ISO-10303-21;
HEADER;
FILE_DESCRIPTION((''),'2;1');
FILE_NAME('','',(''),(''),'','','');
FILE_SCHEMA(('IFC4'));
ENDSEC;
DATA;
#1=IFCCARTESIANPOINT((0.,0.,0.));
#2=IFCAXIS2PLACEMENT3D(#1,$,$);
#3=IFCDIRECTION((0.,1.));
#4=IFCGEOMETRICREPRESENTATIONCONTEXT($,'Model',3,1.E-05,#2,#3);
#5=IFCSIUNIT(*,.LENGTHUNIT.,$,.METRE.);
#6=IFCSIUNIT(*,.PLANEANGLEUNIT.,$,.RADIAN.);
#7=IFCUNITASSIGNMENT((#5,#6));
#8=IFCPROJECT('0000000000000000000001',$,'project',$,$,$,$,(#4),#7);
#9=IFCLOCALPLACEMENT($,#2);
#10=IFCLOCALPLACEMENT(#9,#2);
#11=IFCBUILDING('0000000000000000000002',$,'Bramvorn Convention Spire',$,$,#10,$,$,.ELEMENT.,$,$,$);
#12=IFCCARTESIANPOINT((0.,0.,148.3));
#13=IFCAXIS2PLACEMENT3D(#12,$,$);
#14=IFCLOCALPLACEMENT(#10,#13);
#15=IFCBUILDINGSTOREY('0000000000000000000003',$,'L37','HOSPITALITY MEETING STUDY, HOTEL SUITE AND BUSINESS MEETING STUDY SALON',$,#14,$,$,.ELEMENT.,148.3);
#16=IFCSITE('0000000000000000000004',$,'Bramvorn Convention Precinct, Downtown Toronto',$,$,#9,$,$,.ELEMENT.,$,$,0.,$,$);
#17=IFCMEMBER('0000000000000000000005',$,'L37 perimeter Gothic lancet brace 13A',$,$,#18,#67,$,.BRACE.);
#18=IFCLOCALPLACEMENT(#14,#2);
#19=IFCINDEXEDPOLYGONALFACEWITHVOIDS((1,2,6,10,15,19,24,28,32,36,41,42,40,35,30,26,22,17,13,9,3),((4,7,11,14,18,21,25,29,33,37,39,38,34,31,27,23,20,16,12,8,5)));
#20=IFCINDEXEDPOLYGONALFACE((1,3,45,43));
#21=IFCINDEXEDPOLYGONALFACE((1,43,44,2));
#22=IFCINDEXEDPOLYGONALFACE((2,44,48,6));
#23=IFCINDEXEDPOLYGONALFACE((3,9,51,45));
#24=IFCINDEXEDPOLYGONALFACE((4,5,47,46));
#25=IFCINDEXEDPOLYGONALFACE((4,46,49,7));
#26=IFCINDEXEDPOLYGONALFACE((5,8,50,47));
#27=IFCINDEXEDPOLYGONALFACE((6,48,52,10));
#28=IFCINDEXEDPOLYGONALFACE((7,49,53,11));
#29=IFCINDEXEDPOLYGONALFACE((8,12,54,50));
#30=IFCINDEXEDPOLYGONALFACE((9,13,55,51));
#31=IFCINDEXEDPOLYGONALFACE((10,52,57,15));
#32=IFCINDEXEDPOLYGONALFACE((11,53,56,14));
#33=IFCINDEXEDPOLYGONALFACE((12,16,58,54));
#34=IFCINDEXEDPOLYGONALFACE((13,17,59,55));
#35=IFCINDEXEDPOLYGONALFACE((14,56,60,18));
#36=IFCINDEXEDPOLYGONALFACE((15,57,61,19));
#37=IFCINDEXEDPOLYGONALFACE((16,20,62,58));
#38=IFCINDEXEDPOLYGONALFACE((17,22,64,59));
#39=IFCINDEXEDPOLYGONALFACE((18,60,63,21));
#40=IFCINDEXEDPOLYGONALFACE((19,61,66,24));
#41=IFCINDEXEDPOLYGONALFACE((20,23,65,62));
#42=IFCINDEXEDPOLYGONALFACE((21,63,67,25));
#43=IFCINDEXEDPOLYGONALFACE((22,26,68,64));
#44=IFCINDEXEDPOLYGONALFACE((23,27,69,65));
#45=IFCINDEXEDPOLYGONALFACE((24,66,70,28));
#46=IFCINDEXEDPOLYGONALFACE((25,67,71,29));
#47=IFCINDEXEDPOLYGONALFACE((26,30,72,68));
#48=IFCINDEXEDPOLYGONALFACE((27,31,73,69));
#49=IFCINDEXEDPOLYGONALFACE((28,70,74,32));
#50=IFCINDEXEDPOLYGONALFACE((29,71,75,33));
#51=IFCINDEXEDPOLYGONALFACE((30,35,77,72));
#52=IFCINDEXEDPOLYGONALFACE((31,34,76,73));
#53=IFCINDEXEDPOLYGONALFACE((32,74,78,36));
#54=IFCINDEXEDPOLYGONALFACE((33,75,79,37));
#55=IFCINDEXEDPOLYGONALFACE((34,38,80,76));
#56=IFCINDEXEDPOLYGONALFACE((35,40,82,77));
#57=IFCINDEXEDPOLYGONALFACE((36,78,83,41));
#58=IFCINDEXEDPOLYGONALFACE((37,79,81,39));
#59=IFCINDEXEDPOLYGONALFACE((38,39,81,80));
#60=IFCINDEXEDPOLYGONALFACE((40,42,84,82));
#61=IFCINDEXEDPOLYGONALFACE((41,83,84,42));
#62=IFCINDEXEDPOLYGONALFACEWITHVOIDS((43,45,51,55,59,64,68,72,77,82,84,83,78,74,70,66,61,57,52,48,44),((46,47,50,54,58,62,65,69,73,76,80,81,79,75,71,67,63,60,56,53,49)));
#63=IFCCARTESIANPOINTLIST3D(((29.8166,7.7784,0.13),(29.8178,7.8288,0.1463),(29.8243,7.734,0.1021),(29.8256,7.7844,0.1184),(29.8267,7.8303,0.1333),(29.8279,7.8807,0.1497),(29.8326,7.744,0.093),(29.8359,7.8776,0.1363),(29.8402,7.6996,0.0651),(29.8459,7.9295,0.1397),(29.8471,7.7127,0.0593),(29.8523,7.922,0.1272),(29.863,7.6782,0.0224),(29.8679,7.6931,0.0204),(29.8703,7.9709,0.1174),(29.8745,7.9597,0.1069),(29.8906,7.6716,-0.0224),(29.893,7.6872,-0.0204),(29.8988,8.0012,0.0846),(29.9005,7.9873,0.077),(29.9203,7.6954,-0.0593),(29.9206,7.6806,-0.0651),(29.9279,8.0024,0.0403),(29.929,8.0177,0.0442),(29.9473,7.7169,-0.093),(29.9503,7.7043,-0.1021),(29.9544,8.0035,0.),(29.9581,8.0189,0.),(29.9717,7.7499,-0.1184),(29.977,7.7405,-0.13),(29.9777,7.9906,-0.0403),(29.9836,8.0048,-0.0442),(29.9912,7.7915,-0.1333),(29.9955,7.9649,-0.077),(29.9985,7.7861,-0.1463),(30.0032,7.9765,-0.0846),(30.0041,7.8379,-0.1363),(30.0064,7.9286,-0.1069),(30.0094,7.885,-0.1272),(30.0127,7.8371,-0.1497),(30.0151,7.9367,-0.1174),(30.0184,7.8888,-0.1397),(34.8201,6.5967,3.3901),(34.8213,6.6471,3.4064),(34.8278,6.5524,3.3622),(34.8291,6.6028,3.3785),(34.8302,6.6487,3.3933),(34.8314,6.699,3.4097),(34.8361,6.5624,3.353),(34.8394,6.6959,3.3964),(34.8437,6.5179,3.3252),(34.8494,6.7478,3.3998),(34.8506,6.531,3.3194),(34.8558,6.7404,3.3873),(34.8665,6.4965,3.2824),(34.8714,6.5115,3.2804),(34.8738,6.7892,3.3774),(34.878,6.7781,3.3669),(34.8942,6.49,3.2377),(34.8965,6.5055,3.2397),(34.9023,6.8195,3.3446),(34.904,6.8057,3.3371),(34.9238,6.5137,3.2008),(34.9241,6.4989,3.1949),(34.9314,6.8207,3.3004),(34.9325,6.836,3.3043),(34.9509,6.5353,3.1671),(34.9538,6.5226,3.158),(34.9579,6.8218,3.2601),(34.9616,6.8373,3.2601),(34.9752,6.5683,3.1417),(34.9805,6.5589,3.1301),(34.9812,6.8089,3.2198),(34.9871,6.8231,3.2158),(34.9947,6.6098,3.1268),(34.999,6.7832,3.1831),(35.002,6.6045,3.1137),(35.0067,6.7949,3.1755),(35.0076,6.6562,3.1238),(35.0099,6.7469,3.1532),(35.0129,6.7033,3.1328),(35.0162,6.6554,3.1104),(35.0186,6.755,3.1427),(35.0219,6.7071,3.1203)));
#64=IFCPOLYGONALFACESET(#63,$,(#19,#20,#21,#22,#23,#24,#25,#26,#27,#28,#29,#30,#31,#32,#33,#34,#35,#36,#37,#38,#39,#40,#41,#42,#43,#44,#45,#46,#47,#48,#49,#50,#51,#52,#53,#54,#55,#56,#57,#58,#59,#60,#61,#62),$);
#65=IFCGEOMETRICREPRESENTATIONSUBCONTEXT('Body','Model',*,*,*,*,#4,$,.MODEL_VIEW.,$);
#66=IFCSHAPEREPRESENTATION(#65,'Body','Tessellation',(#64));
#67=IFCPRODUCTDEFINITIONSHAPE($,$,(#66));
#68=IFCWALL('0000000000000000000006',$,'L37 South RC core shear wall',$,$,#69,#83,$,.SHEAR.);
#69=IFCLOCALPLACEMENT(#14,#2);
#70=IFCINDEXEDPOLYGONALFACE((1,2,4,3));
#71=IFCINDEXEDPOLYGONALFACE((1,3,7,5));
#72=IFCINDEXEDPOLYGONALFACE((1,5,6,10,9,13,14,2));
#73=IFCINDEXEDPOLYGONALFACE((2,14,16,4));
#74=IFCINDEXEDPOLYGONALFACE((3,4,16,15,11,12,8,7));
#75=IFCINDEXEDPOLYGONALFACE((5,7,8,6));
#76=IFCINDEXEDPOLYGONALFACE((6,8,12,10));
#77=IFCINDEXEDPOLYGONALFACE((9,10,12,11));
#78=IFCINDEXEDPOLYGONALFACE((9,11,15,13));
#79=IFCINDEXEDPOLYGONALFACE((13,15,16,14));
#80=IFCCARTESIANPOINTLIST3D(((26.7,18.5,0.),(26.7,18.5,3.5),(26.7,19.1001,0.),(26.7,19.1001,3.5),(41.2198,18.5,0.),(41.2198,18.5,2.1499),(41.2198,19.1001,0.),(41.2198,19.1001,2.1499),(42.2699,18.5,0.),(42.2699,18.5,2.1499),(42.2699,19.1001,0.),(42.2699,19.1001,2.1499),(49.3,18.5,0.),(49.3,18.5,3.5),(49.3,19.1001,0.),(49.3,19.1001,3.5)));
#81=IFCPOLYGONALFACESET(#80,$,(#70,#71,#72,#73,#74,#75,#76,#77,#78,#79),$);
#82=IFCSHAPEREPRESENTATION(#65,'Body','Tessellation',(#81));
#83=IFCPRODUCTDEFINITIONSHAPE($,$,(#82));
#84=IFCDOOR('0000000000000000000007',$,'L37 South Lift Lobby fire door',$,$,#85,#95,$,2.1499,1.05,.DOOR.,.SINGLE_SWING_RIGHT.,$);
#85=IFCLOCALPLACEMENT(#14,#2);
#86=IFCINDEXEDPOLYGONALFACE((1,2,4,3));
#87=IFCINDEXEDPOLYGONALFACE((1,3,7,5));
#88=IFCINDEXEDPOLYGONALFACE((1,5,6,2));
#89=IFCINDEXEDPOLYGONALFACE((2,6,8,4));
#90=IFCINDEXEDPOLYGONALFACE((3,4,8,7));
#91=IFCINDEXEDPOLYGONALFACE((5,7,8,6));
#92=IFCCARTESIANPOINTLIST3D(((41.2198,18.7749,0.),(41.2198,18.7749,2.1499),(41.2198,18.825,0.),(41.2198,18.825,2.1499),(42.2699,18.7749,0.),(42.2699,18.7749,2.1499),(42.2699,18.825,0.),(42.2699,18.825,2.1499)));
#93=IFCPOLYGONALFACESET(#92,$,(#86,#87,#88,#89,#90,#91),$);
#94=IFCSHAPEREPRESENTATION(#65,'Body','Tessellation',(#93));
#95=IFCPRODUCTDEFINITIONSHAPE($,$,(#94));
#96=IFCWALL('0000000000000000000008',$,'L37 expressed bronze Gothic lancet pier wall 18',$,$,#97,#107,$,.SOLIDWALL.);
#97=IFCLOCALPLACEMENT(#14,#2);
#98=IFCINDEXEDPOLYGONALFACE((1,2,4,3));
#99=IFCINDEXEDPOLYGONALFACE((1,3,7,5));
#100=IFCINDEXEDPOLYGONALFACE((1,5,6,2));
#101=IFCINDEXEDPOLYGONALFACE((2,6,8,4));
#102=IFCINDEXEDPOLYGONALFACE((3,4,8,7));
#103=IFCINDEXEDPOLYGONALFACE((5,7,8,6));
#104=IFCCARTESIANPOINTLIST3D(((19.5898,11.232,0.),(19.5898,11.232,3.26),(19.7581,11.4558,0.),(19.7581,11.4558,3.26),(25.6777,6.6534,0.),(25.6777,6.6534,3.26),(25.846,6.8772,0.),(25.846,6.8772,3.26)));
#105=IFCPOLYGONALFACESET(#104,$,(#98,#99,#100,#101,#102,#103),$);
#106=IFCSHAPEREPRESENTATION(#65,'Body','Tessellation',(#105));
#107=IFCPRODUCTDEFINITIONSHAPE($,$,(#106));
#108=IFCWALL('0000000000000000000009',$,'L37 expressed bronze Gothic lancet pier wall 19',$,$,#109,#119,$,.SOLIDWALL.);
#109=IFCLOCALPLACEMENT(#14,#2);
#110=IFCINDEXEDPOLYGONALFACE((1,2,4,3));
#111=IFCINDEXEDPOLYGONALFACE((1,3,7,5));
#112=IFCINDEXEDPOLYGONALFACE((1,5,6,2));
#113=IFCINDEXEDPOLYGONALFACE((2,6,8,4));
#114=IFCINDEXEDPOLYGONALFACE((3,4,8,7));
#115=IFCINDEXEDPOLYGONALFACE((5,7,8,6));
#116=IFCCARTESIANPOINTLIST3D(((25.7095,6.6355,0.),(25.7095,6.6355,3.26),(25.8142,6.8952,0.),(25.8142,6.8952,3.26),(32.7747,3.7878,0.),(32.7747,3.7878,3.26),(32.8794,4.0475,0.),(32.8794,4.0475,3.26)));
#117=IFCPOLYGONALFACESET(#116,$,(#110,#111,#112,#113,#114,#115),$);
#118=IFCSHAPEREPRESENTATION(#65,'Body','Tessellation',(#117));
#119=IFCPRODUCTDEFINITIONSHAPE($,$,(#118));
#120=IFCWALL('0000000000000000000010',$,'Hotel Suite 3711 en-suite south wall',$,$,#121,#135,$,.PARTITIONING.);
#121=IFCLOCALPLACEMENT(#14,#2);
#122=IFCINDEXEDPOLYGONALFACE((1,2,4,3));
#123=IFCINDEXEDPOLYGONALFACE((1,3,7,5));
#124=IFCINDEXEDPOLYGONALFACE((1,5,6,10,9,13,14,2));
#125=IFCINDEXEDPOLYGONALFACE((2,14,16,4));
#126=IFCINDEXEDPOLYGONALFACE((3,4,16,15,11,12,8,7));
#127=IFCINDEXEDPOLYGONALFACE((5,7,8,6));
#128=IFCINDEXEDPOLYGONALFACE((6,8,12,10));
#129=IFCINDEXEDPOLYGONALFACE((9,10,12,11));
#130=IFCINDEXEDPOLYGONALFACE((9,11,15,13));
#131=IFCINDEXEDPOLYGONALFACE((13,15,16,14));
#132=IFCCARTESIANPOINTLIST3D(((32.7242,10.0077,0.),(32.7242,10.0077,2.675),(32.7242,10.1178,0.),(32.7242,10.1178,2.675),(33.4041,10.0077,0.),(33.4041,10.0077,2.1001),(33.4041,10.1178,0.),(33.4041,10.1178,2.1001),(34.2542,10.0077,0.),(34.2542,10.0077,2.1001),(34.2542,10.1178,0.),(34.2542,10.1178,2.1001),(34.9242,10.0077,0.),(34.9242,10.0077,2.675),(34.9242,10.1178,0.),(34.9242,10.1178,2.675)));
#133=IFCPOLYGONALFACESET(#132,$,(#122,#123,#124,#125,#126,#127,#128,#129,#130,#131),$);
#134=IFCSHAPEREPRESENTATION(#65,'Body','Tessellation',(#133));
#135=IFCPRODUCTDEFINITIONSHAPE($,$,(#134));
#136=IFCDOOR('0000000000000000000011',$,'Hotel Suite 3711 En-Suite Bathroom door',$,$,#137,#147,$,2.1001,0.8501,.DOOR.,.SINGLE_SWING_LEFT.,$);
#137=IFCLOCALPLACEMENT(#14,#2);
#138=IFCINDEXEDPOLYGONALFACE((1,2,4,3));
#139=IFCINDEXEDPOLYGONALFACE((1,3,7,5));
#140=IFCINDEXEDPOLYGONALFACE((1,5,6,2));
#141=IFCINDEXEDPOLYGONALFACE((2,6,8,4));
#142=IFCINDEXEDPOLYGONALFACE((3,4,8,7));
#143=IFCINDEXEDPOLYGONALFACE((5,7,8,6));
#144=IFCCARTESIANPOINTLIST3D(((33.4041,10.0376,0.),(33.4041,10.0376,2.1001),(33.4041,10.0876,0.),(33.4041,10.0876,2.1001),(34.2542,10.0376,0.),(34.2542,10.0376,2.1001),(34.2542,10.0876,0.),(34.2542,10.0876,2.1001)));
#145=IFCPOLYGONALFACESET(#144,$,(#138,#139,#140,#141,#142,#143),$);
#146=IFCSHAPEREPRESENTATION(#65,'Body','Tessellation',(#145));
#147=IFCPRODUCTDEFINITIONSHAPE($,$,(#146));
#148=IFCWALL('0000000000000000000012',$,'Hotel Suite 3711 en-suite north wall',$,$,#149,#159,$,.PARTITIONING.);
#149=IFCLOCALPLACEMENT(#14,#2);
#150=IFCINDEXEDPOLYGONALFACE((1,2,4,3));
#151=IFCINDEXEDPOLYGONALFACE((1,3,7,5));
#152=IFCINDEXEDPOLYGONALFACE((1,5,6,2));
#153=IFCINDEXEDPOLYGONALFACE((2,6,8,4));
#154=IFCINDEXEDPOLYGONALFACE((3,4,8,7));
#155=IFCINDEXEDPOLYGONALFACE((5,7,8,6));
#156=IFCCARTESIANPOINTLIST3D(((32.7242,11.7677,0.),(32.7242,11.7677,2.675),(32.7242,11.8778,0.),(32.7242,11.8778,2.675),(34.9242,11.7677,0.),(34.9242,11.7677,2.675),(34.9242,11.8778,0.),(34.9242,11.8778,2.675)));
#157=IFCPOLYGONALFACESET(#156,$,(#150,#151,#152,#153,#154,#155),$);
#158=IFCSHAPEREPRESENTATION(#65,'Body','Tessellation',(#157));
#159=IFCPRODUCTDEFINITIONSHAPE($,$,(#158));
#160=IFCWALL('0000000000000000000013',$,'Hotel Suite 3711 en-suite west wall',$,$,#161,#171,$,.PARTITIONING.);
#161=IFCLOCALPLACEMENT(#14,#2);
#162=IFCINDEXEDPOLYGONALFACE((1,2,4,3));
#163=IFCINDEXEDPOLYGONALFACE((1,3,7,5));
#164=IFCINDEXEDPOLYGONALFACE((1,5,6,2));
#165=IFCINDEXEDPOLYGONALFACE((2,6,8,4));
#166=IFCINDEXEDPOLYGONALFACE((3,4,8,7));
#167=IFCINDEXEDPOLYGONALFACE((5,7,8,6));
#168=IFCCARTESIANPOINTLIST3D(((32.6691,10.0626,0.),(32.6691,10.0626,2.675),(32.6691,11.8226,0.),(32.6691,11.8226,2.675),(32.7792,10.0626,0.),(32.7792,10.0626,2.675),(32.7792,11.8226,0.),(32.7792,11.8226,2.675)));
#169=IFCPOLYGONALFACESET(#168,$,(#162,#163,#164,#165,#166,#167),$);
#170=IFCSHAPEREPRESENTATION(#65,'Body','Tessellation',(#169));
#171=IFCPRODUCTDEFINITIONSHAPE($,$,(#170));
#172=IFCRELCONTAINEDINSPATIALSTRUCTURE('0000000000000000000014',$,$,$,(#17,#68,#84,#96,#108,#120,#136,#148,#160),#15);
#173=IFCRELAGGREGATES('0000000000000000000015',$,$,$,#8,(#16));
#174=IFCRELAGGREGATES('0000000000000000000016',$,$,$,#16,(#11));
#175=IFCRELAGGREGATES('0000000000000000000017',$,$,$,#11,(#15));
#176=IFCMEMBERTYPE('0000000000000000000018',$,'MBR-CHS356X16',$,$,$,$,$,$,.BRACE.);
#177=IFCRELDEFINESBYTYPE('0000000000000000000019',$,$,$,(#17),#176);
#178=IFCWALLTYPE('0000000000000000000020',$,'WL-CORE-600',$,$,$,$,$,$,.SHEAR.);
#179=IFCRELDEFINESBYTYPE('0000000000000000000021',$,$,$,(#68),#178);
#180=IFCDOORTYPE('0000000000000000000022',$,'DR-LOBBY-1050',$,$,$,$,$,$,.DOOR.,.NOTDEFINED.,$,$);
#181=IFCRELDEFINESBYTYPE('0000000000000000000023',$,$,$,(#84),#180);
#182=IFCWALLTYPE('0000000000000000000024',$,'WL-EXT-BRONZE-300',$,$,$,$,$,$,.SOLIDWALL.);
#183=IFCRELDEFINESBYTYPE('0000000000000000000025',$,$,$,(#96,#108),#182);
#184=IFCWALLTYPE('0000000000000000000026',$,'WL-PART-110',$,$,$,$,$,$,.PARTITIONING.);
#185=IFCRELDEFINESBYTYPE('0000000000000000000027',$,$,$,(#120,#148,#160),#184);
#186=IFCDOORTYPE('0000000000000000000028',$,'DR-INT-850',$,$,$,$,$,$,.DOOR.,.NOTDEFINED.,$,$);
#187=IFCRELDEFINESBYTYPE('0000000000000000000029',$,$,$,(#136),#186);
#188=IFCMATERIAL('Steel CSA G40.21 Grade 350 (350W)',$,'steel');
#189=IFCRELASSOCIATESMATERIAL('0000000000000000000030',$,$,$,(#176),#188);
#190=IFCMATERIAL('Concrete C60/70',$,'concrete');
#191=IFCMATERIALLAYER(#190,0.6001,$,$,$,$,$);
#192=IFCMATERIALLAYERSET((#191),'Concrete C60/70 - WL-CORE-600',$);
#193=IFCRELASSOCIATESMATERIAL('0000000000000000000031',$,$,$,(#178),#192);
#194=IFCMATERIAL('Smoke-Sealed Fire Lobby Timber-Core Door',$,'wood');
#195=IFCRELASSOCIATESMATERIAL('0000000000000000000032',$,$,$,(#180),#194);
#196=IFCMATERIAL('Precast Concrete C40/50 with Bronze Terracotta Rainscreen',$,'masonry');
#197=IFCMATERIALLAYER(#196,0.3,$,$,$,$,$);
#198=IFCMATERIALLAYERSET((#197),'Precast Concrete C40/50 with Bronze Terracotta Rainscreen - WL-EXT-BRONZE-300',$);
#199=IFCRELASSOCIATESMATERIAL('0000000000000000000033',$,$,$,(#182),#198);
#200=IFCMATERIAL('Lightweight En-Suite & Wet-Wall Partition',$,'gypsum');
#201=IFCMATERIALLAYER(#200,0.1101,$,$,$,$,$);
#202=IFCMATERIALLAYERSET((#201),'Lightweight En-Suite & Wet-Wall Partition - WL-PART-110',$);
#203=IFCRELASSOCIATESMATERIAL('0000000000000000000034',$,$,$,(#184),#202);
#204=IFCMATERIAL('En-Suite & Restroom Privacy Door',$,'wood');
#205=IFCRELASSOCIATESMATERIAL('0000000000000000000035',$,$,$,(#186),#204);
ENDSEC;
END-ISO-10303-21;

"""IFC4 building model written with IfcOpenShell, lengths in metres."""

from ifc_helpers import new_model, si_unit, direction, frame, frame_2d, origin, origin_2d, place, context, subcontext, project, spatial, rectangle, hollow_circle, extrude, material, layer, layer_set, material_profile, profile_set, type_object, element, fill, save


model = new_model("IFC4")

# Units and contexts
model_context = context("Model", 3, precision=1e-05, world=origin(), true_north=direction((0.0, 1.0)))
body_context = subcontext(model_context, "Body", "Model", "MODEL_VIEW")
ifc_project = project(units=[si_unit("LENGTHUNIT", "METRE"), si_unit("PLANEANGLEUNIT", "RADIAN")], contexts=[model_context])

# Site, building, storey
site_placement = place(None, origin())
site = spatial("IfcSite", under=ifc_project, at=site_placement, Name="Bramvorn Convention Precinct, Downtown Toronto", CompositionType="ELEMENT", RefElevation=0.0)
building_placement = place(site_placement, origin())
building = spatial("IfcBuilding", under=site, at=building_placement, Name="Bramvorn Convention Spire", CompositionType="ELEMENT")
storey_placement = place(building_placement, frame((0.0, 0.0, 148.3)))
storey = spatial("IfcBuildingStorey", under=building, at=storey_placement, Name="L37", Description="HOSPITALITY MEETING STUDY, HOTEL SUITE AND BUSINESS MEETING STUDY SALON", CompositionType="ELEMENT", Elevation=148.3)

# Shared definitions
ifc_material_1 = material(Name="Steel CSA G40.21 Grade 350 (350W)", Category="steel")

# Member
ifc_material_profile_1 = material_profile(ifc_material_1, hollow_circle(Radius=0.1777, WallThickness=0.0159, at=origin_2d()))
ifc_profile_set_1 = profile_set([ifc_material_profile_1], Name="Steel CSA G40.21 Grade 350 (350W) - CHS356X16")
member_type = type_object("IfcMemberType", Name="MBR-CHS356X16", PredefinedType="BRACE", material=ifc_profile_set_1)
member_placement = place(storey_placement, frame((29.9172, 7.8459, 0.0), z_axis=(0.821911, -0.194108, 0.535522), x_axis=(0.229844, 0.973228, 0.0)))
element("IfcMember", 1, at=member_placement, inside=storey, type_object=member_type, Name="L37 perimeter Gothic lancet brace 13A", PredefinedType="BRACE", context=body_context, shape_type="SweptSolid", body=[
    extrude(hollow_circle(Radius=0.1777, WallThickness=0.0159, at=origin_2d()), origin(), (0.0, 0.0, 1.0), 6.0876),
])

# Wall, opening, door
ifc_material_2 = material(Name="Concrete C60/70", Category="concrete")
ifc_layer_1 = layer(ifc_material_2, 0.6001)
ifc_layer_set_1 = layer_set([ifc_layer_1], Name="Concrete C60/70 - WL-CORE-600")
wall_type_1 = type_object("IfcWallType", Name="WL-CORE-600", PredefinedType="SHEAR", material=ifc_layer_set_1)
wall_1_placement = place(storey_placement, frame((26.7, 18.8, 0.0), z_axis=(0.0, 0.0, 1.0), x_axis=(1.0, 0.0, 0.0)))
wall_1 = element("IfcWall", 2, at=wall_1_placement, inside=storey, type_object=wall_type_1, Name="L37 South RC core shear wall", PredefinedType="SHEAR", context=body_context, shape_type="SweptSolid", body=[
    extrude(rectangle(XDim=22.6001, YDim=0.6001, at=frame_2d((11.3, 0.0))), origin(), (0.0, 0.0, 1.0), 3.5),
])
opening_1_placement = place(wall_1_placement, frame((14.52, 0.0, 0.0)))
opening_1 = element("IfcOpeningElement", 3, at=opening_1_placement, cuts=wall_1, PredefinedType="OPENING", context=body_context, shape_type="SweptSolid", body=[
    extrude(rectangle(XDim=1.05, YDim=2.1499, at=frame_2d((0.5249, 1.075))), frame((0.0, 0.3101, 0.0), z_axis=(0.0, -1.0, 0.0), x_axis=(1.0, 0.0, 0.0)), (0.0, 0.0, 1.0), 0.6201),
])
ifc_material_3 = material(Name="Smoke-Sealed Fire Lobby Timber-Core Door", Category="wood")
door_type_1 = type_object("IfcDoorType", Name="DR-LOBBY-1050", OperationType="NOTDEFINED", PredefinedType="DOOR", material=ifc_material_3)
door_1_placement = place(opening_1_placement, origin())
door_1 = element("IfcDoor", 4, at=door_1_placement, inside=storey, type_object=door_type_1, Name="L37 South Lift Lobby fire door", OperationType="SINGLE_SWING_RIGHT", OverallHeight=2.1499, OverallWidth=1.05, PredefinedType="DOOR", context=body_context, shape_type="SweptSolid", body=[
    extrude(rectangle(XDim=1.05, YDim=2.1499, at=frame_2d((0.5249, 1.075))), frame((0.0, 0.0249, 0.0), z_axis=(0.0, -1.0, 0.0), x_axis=(1.0, 0.0, 0.0)), (0.0, 0.0, 1.0), 0.05),
])
fill(opening_1, door_1)

# Walls
ifc_material_4 = material(Name="Precast Concrete C40/50 with Bronze Terracotta Rainscreen", Category="masonry")
ifc_layer_2 = layer(ifc_material_4, 0.3)
ifc_layer_set_2 = layer_set([ifc_layer_2], Name="Precast Concrete C40/50 with Bronze Terracotta Rainscreen - WL-EXT-BRONZE-300")
wall_type_2 = type_object("IfcWallType", Name="WL-EXT-BRONZE-300", PredefinedType="SOLIDWALL", material=ifc_layer_set_2)
for number, where, z_axis, x_axis, name in (
    (5, (25.7617, 6.7654, 0.0), (0.0, 0.0, 1.0), (-0.799199, 0.601066, 0.0), "L37 expressed bronze Gothic lancet pier wall 18"),
    (6, (32.8269, 3.9177, 0.0), (0.0, 0.0, 1.0), (-0.927497, 0.373832, 0.0), "L37 expressed bronze Gothic lancet pier wall 19"),
):
    element("IfcWall", number, at=place(storey_placement, frame(where, z_axis=z_axis, x_axis=x_axis)), inside=storey, type_object=wall_type_2, Name=name, PredefinedType="SOLIDWALL", context=body_context, shape_type="SweptSolid", body=[
        extrude(rectangle(XDim=7.6174, YDim=0.28, at=frame_2d((3.8086, 0.0))), origin(), (0.0, 0.0, 1.0), 3.26),
    ])

# Wall, opening, door
ifc_material_5 = material(Name="Lightweight En-Suite & Wet-Wall Partition", Category="gypsum")
ifc_layer_3 = layer(ifc_material_5, 0.1101)
ifc_layer_set_3 = layer_set([ifc_layer_3], Name="Lightweight En-Suite & Wet-Wall Partition - WL-PART-110")
wall_type_3 = type_object("IfcWallType", Name="WL-PART-110", PredefinedType="PARTITIONING", material=ifc_layer_set_3)
wall_2_placement = place(storey_placement, frame((32.7241, 10.0627, 0.0), z_axis=(0.0, 0.0, 1.0), x_axis=(1.0, 0.0, 0.0)))
wall_2 = element("IfcWall", 7, at=wall_2_placement, inside=storey, type_object=wall_type_3, Name="Hotel Suite 3711 en-suite south wall", PredefinedType="PARTITIONING", context=body_context, shape_type="SweptSolid", body=[
    extrude(rectangle(XDim=2.2, YDim=0.1101, at=frame_2d((1.1001, 0.0))), origin(), (0.0, 0.0, 1.0), 2.675),
])
opening_2_placement = place(wall_2_placement, frame((0.6799, 0.0, 0.0)))
opening_2 = element("IfcOpeningElement", 8, at=opening_2_placement, cuts=wall_2, PredefinedType="OPENING", context=body_context, shape_type="SweptSolid", body=[
    extrude(rectangle(XDim=0.8501, YDim=2.1001, at=frame_2d((0.425, 1.05))), frame((0.0, 0.0649, 0.0), z_axis=(0.0, -1.0, 0.0), x_axis=(1.0, 0.0, 0.0)), (0.0, 0.0, 1.0), 0.1301),
])
ifc_material_6 = material(Name="En-Suite & Restroom Privacy Door", Category="wood")
door_type_2 = type_object("IfcDoorType", Name="DR-INT-850", OperationType="NOTDEFINED", PredefinedType="DOOR", material=ifc_material_6)
door_2_placement = place(opening_2_placement, origin())
door_2 = element("IfcDoor", 9, at=door_2_placement, inside=storey, type_object=door_type_2, Name="Hotel Suite 3711 En-Suite Bathroom door", OperationType="SINGLE_SWING_LEFT", OverallHeight=2.1001, OverallWidth=0.8501, PredefinedType="DOOR", context=body_context, shape_type="SweptSolid", body=[
    extrude(rectangle(XDim=0.8501, YDim=2.1001, at=frame_2d((0.425, 1.05))), frame((0.0, 0.0249, 0.0), z_axis=(0.0, -1.0, 0.0), x_axis=(1.0, 0.0, 0.0)), (0.0, 0.0, 1.0), 0.05),
])
fill(opening_2, door_2)

# Walls
wall_3_placement = place(storey_placement, frame((32.7241, 11.8228, 0.0), z_axis=(0.0, 0.0, 1.0), x_axis=(1.0, 0.0, 0.0)))
element("IfcWall", 10, at=wall_3_placement, inside=storey, type_object=wall_type_3, Name="Hotel Suite 3711 en-suite north wall", PredefinedType="PARTITIONING", context=body_context, shape_type="SweptSolid", body=[
    extrude(rectangle(XDim=2.2, YDim=0.1101, at=frame_2d((1.1001, 0.0))), origin(), (0.0, 0.0, 1.0), 2.675),
])
wall_4_placement = place(storey_placement, frame((32.7241, 10.0627, 0.0), z_axis=(0.0, 0.0, 1.0), x_axis=(0.0, 1.0, 0.0)))
element("IfcWall", 11, at=wall_4_placement, inside=storey, type_object=wall_type_3, Name="Hotel Suite 3711 en-suite west wall", PredefinedType="PARTITIONING", context=body_context, shape_type="SweptSolid", body=[
    extrude(rectangle(XDim=1.76, YDim=0.1101, at=frame_2d((0.8799, 0.0))), origin(), (0.0, 0.0, 1.0), 2.675),
])

save(model, "model.ifc")
